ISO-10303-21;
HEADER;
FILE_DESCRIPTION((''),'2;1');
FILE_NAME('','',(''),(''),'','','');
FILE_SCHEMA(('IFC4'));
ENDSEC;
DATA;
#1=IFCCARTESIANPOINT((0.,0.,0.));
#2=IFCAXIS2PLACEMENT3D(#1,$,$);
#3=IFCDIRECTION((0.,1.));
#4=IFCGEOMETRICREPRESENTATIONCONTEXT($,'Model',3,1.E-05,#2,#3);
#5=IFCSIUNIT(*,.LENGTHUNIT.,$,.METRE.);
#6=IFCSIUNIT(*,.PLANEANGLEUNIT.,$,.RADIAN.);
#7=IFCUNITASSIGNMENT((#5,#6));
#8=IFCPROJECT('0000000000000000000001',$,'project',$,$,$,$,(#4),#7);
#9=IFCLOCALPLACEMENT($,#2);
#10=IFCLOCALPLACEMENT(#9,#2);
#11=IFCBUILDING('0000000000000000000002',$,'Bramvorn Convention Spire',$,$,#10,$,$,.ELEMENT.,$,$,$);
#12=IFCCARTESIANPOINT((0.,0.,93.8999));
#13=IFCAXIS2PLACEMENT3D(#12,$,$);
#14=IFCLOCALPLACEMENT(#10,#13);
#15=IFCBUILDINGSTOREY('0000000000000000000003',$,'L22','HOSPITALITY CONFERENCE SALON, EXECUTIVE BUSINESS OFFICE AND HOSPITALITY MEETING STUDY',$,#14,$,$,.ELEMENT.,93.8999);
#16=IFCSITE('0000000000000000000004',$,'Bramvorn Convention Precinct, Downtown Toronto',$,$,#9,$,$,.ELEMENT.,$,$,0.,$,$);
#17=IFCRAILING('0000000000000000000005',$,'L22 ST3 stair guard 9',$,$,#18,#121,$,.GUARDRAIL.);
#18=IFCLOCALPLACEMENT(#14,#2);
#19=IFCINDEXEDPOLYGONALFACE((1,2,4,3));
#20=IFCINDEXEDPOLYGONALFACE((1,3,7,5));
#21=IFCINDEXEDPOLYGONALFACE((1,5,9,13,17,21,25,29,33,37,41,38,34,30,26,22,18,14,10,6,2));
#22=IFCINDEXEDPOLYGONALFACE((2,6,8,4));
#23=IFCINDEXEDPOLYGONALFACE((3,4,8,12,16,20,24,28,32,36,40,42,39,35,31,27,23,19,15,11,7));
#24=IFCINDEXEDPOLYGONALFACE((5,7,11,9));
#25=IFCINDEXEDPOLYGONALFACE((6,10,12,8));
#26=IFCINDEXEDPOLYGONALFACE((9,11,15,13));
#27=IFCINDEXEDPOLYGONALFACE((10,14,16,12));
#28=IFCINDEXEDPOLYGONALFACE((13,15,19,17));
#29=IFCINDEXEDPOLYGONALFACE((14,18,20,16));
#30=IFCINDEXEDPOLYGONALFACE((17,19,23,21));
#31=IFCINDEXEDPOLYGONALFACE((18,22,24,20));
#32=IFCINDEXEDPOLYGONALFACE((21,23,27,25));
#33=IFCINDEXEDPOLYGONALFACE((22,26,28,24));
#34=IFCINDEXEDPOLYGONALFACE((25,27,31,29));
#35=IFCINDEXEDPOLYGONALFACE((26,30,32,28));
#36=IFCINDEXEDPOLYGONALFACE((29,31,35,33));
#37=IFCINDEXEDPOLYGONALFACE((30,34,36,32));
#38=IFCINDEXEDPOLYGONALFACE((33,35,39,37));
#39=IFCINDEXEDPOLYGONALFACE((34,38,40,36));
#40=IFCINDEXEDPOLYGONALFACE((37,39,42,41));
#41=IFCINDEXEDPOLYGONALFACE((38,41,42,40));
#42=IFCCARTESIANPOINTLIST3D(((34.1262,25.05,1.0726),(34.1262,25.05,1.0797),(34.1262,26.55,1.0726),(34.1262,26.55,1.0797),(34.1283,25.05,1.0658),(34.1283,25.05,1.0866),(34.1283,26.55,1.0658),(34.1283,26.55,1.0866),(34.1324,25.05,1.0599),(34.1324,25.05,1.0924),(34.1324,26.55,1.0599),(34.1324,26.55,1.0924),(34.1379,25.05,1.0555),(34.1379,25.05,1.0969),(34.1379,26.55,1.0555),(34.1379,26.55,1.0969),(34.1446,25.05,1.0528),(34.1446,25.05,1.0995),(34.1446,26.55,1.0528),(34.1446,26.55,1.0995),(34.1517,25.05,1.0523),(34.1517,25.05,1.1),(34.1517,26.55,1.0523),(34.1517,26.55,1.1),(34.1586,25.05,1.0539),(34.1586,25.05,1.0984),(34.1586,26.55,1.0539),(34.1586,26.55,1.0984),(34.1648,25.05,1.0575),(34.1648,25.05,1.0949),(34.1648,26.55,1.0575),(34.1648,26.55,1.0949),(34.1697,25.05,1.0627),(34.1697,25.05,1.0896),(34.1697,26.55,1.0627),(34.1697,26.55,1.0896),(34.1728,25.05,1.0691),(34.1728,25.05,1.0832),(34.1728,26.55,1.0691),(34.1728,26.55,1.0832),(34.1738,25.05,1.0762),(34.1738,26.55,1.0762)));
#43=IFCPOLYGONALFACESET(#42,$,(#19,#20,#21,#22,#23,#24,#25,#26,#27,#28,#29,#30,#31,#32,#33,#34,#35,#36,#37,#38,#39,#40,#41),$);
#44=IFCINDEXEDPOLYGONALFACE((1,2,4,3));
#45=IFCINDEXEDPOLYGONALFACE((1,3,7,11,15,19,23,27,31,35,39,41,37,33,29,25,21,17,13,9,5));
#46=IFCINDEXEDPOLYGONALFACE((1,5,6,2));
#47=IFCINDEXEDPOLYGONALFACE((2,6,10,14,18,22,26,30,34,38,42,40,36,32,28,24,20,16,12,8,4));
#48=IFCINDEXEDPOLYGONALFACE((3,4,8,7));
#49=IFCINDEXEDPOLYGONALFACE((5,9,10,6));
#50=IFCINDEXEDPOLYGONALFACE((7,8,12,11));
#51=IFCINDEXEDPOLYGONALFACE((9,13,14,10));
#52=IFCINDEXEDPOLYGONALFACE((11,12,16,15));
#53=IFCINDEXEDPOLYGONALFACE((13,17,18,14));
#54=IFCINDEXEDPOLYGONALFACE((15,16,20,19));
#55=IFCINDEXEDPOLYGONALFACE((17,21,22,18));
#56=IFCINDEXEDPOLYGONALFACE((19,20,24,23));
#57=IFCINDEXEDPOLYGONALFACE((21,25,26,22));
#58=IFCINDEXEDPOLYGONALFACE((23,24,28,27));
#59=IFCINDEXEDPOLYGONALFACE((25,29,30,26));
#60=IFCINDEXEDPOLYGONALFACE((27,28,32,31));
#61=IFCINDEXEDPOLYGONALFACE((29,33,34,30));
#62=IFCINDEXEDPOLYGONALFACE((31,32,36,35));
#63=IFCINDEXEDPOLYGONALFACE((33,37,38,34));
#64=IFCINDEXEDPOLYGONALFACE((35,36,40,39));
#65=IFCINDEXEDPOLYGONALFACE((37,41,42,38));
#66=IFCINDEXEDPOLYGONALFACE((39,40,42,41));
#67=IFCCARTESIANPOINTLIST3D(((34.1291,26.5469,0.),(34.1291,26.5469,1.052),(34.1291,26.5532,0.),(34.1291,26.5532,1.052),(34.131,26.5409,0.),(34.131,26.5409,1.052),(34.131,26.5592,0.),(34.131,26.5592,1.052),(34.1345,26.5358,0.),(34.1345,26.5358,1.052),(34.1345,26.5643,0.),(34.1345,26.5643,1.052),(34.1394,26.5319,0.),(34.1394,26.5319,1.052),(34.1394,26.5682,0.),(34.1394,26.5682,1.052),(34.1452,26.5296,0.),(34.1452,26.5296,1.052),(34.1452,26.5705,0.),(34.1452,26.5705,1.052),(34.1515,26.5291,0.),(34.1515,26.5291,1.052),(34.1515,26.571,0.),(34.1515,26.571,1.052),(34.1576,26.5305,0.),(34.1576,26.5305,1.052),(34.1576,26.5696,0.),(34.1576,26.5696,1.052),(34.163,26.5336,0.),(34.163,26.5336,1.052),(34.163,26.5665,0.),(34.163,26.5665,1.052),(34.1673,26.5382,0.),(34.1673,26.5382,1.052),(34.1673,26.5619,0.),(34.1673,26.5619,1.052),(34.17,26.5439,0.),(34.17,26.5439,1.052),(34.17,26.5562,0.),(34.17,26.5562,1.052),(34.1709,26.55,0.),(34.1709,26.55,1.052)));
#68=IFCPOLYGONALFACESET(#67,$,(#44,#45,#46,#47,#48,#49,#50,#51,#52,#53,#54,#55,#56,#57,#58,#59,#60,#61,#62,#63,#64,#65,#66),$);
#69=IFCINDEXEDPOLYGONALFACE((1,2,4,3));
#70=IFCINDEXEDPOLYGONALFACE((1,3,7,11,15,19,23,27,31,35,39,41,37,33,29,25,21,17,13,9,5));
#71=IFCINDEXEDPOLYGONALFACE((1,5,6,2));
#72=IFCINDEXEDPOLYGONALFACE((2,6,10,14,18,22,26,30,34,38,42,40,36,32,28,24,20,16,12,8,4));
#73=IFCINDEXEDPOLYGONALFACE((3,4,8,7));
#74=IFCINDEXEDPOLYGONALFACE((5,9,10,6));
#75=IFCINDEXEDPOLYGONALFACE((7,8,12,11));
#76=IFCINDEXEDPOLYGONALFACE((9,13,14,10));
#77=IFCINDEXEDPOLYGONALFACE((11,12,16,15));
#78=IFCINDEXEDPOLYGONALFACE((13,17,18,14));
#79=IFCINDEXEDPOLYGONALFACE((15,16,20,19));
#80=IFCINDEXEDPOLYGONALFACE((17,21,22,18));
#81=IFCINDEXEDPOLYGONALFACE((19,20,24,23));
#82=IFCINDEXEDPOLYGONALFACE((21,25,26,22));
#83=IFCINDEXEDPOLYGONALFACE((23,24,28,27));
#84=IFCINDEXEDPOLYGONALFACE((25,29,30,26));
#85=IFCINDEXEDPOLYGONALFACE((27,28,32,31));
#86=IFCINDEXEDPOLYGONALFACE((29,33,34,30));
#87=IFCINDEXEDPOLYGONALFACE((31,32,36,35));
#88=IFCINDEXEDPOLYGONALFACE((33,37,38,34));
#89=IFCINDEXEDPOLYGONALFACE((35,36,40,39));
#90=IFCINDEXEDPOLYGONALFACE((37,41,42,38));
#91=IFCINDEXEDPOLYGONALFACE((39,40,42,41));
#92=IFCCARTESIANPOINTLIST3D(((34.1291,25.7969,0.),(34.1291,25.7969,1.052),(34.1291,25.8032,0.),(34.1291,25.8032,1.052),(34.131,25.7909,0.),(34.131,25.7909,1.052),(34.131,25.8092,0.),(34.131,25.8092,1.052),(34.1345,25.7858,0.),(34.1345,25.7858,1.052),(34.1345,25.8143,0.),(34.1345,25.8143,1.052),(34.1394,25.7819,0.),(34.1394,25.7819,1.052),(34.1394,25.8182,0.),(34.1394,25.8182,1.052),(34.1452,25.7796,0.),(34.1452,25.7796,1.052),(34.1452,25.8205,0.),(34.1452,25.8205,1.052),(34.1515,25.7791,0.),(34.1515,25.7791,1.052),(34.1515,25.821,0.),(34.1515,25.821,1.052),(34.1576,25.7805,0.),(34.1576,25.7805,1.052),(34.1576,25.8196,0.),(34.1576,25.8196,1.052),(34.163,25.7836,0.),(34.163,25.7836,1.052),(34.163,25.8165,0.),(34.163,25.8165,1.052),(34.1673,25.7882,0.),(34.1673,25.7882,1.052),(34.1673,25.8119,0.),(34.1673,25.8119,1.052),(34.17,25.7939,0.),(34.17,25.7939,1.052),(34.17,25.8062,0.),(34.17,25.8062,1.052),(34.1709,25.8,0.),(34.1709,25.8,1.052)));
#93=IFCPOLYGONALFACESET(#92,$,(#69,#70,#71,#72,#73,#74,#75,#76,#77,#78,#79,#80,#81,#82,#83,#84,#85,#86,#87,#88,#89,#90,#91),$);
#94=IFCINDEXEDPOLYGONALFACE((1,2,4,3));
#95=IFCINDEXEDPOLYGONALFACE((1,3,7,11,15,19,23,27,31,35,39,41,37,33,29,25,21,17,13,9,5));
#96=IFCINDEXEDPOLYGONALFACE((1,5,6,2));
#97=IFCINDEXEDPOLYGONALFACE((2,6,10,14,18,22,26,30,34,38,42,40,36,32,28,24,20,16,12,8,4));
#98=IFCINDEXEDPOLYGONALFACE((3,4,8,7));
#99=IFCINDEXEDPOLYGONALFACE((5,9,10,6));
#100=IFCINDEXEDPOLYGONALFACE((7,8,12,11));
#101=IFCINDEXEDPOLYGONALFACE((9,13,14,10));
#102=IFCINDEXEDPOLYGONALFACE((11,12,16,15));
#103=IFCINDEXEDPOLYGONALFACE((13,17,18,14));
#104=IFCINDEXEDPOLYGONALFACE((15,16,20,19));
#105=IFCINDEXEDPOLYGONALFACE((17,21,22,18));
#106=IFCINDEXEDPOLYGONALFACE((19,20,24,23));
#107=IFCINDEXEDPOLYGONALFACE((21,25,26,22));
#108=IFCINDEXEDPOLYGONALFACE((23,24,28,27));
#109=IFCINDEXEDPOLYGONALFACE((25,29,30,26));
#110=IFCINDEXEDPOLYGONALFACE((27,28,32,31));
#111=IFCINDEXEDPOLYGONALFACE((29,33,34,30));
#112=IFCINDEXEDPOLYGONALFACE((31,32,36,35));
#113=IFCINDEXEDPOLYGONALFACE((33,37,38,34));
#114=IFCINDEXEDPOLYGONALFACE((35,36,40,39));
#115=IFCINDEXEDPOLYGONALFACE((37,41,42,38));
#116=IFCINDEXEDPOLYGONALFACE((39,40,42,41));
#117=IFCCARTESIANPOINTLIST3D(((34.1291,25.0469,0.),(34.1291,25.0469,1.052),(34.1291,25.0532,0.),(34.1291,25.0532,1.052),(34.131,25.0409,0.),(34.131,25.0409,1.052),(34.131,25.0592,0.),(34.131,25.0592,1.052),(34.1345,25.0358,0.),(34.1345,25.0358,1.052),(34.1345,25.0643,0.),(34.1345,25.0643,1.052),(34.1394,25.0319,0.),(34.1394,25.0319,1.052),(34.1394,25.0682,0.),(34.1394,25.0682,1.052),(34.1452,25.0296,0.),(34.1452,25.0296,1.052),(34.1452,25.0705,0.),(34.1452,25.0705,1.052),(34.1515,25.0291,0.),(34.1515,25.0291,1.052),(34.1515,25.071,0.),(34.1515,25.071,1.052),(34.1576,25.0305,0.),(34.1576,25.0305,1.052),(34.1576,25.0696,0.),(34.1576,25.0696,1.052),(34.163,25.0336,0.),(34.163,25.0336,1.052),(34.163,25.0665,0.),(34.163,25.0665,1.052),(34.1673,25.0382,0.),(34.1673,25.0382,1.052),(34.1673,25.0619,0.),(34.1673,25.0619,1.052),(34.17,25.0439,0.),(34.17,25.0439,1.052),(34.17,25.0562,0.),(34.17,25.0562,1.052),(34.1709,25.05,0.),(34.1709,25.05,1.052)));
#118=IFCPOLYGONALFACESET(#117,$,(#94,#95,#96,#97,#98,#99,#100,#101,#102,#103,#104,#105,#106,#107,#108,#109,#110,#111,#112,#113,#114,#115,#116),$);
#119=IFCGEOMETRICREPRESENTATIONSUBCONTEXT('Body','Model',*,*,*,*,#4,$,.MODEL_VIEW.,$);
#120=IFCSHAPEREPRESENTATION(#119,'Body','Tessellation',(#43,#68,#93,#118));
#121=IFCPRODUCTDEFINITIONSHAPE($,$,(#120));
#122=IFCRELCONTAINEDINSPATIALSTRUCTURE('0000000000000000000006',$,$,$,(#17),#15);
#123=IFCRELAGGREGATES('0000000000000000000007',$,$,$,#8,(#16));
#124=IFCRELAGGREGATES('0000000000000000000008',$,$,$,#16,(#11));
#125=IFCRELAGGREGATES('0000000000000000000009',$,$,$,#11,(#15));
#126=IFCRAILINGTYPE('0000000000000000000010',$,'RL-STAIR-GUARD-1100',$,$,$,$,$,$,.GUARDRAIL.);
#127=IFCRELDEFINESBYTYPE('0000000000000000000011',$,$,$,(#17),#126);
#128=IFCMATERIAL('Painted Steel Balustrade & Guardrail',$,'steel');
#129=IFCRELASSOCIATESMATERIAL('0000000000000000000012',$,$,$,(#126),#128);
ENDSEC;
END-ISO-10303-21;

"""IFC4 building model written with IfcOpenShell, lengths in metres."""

from ifc_helpers import new_model, si_unit, direction, frame, origin, origin_2d, place, context, subcontext, project, spatial, circle, extrude, material, type_object, element, save


model = new_model("IFC4")

# Units and contexts
model_context = context("Model", 3, precision=1e-05, world=origin(), true_north=direction((0.0, 1.0)))
body_context = subcontext(model_context, "Body", "Model", "MODEL_VIEW")
ifc_project = project(units=[si_unit("LENGTHUNIT", "METRE"), si_unit("PLANEANGLEUNIT", "RADIAN")], contexts=[model_context])

# Site, building, storey
site_placement = place(None, origin())
site = spatial("IfcSite", under=ifc_project, at=site_placement, Name="Bramvorn Convention Precinct, Downtown Toronto", CompositionType="ELEMENT", RefElevation=0.0)
building_placement = place(site_placement, origin())
building = spatial("IfcBuilding", under=site, at=building_placement, Name="Bramvorn Convention Spire", CompositionType="ELEMENT")
storey_placement = place(building_placement, frame((0.0, 0.0, 93.8999)))
storey = spatial("IfcBuildingStorey", under=building, at=storey_placement, Name="L22", Description="HOSPITALITY CONFERENCE SALON, EXECUTIVE BUSINESS OFFICE AND HOSPITALITY MEETING STUDY", CompositionType="ELEMENT", Elevation=93.8999)

# Railing
ifc_material_1 = material(Name="Painted Steel Balustrade & Guardrail", Category="steel")
railing_type_1 = type_object("IfcRailingType", Name="RL-STAIR-GUARD-1100", PredefinedType="GUARDRAIL", material=ifc_material_1)
for number, where, name in (
    (1, (34.1499, 26.55, 0.0), "L22 ST3 stair guard 9"),
):
    element("IfcRailing", number, at=place(storey_placement, frame(where)), inside=storey, type_object=railing_type_1, Name=name, PredefinedType="GUARDRAIL", context=body_context, shape_type="SweptSolid", body=[
        extrude(circle(Radius=0.0239, at=origin_2d()), frame((0.0, 0.0, 1.0762), z_axis=(0.0, -1.0, 0.0), x_axis=(1.0, 0.0, 0.0)), (0.0, 0.0, 1.0), 1.5),
        extrude(circle(Radius=0.021, at=origin_2d()), origin(), (0.0, 0.0, 1.0), 1.052),
        extrude(circle(Radius=0.021, at=origin_2d()), frame((0.0, -0.75, 0.0)), (0.0, 0.0, 1.0), 1.052),
        extrude(circle(Radius=0.021, at=origin_2d()), frame((0.0, -1.5, 0.0)), (0.0, 0.0, 1.0), 1.052),
    ])

save(model, "model.ifc")
